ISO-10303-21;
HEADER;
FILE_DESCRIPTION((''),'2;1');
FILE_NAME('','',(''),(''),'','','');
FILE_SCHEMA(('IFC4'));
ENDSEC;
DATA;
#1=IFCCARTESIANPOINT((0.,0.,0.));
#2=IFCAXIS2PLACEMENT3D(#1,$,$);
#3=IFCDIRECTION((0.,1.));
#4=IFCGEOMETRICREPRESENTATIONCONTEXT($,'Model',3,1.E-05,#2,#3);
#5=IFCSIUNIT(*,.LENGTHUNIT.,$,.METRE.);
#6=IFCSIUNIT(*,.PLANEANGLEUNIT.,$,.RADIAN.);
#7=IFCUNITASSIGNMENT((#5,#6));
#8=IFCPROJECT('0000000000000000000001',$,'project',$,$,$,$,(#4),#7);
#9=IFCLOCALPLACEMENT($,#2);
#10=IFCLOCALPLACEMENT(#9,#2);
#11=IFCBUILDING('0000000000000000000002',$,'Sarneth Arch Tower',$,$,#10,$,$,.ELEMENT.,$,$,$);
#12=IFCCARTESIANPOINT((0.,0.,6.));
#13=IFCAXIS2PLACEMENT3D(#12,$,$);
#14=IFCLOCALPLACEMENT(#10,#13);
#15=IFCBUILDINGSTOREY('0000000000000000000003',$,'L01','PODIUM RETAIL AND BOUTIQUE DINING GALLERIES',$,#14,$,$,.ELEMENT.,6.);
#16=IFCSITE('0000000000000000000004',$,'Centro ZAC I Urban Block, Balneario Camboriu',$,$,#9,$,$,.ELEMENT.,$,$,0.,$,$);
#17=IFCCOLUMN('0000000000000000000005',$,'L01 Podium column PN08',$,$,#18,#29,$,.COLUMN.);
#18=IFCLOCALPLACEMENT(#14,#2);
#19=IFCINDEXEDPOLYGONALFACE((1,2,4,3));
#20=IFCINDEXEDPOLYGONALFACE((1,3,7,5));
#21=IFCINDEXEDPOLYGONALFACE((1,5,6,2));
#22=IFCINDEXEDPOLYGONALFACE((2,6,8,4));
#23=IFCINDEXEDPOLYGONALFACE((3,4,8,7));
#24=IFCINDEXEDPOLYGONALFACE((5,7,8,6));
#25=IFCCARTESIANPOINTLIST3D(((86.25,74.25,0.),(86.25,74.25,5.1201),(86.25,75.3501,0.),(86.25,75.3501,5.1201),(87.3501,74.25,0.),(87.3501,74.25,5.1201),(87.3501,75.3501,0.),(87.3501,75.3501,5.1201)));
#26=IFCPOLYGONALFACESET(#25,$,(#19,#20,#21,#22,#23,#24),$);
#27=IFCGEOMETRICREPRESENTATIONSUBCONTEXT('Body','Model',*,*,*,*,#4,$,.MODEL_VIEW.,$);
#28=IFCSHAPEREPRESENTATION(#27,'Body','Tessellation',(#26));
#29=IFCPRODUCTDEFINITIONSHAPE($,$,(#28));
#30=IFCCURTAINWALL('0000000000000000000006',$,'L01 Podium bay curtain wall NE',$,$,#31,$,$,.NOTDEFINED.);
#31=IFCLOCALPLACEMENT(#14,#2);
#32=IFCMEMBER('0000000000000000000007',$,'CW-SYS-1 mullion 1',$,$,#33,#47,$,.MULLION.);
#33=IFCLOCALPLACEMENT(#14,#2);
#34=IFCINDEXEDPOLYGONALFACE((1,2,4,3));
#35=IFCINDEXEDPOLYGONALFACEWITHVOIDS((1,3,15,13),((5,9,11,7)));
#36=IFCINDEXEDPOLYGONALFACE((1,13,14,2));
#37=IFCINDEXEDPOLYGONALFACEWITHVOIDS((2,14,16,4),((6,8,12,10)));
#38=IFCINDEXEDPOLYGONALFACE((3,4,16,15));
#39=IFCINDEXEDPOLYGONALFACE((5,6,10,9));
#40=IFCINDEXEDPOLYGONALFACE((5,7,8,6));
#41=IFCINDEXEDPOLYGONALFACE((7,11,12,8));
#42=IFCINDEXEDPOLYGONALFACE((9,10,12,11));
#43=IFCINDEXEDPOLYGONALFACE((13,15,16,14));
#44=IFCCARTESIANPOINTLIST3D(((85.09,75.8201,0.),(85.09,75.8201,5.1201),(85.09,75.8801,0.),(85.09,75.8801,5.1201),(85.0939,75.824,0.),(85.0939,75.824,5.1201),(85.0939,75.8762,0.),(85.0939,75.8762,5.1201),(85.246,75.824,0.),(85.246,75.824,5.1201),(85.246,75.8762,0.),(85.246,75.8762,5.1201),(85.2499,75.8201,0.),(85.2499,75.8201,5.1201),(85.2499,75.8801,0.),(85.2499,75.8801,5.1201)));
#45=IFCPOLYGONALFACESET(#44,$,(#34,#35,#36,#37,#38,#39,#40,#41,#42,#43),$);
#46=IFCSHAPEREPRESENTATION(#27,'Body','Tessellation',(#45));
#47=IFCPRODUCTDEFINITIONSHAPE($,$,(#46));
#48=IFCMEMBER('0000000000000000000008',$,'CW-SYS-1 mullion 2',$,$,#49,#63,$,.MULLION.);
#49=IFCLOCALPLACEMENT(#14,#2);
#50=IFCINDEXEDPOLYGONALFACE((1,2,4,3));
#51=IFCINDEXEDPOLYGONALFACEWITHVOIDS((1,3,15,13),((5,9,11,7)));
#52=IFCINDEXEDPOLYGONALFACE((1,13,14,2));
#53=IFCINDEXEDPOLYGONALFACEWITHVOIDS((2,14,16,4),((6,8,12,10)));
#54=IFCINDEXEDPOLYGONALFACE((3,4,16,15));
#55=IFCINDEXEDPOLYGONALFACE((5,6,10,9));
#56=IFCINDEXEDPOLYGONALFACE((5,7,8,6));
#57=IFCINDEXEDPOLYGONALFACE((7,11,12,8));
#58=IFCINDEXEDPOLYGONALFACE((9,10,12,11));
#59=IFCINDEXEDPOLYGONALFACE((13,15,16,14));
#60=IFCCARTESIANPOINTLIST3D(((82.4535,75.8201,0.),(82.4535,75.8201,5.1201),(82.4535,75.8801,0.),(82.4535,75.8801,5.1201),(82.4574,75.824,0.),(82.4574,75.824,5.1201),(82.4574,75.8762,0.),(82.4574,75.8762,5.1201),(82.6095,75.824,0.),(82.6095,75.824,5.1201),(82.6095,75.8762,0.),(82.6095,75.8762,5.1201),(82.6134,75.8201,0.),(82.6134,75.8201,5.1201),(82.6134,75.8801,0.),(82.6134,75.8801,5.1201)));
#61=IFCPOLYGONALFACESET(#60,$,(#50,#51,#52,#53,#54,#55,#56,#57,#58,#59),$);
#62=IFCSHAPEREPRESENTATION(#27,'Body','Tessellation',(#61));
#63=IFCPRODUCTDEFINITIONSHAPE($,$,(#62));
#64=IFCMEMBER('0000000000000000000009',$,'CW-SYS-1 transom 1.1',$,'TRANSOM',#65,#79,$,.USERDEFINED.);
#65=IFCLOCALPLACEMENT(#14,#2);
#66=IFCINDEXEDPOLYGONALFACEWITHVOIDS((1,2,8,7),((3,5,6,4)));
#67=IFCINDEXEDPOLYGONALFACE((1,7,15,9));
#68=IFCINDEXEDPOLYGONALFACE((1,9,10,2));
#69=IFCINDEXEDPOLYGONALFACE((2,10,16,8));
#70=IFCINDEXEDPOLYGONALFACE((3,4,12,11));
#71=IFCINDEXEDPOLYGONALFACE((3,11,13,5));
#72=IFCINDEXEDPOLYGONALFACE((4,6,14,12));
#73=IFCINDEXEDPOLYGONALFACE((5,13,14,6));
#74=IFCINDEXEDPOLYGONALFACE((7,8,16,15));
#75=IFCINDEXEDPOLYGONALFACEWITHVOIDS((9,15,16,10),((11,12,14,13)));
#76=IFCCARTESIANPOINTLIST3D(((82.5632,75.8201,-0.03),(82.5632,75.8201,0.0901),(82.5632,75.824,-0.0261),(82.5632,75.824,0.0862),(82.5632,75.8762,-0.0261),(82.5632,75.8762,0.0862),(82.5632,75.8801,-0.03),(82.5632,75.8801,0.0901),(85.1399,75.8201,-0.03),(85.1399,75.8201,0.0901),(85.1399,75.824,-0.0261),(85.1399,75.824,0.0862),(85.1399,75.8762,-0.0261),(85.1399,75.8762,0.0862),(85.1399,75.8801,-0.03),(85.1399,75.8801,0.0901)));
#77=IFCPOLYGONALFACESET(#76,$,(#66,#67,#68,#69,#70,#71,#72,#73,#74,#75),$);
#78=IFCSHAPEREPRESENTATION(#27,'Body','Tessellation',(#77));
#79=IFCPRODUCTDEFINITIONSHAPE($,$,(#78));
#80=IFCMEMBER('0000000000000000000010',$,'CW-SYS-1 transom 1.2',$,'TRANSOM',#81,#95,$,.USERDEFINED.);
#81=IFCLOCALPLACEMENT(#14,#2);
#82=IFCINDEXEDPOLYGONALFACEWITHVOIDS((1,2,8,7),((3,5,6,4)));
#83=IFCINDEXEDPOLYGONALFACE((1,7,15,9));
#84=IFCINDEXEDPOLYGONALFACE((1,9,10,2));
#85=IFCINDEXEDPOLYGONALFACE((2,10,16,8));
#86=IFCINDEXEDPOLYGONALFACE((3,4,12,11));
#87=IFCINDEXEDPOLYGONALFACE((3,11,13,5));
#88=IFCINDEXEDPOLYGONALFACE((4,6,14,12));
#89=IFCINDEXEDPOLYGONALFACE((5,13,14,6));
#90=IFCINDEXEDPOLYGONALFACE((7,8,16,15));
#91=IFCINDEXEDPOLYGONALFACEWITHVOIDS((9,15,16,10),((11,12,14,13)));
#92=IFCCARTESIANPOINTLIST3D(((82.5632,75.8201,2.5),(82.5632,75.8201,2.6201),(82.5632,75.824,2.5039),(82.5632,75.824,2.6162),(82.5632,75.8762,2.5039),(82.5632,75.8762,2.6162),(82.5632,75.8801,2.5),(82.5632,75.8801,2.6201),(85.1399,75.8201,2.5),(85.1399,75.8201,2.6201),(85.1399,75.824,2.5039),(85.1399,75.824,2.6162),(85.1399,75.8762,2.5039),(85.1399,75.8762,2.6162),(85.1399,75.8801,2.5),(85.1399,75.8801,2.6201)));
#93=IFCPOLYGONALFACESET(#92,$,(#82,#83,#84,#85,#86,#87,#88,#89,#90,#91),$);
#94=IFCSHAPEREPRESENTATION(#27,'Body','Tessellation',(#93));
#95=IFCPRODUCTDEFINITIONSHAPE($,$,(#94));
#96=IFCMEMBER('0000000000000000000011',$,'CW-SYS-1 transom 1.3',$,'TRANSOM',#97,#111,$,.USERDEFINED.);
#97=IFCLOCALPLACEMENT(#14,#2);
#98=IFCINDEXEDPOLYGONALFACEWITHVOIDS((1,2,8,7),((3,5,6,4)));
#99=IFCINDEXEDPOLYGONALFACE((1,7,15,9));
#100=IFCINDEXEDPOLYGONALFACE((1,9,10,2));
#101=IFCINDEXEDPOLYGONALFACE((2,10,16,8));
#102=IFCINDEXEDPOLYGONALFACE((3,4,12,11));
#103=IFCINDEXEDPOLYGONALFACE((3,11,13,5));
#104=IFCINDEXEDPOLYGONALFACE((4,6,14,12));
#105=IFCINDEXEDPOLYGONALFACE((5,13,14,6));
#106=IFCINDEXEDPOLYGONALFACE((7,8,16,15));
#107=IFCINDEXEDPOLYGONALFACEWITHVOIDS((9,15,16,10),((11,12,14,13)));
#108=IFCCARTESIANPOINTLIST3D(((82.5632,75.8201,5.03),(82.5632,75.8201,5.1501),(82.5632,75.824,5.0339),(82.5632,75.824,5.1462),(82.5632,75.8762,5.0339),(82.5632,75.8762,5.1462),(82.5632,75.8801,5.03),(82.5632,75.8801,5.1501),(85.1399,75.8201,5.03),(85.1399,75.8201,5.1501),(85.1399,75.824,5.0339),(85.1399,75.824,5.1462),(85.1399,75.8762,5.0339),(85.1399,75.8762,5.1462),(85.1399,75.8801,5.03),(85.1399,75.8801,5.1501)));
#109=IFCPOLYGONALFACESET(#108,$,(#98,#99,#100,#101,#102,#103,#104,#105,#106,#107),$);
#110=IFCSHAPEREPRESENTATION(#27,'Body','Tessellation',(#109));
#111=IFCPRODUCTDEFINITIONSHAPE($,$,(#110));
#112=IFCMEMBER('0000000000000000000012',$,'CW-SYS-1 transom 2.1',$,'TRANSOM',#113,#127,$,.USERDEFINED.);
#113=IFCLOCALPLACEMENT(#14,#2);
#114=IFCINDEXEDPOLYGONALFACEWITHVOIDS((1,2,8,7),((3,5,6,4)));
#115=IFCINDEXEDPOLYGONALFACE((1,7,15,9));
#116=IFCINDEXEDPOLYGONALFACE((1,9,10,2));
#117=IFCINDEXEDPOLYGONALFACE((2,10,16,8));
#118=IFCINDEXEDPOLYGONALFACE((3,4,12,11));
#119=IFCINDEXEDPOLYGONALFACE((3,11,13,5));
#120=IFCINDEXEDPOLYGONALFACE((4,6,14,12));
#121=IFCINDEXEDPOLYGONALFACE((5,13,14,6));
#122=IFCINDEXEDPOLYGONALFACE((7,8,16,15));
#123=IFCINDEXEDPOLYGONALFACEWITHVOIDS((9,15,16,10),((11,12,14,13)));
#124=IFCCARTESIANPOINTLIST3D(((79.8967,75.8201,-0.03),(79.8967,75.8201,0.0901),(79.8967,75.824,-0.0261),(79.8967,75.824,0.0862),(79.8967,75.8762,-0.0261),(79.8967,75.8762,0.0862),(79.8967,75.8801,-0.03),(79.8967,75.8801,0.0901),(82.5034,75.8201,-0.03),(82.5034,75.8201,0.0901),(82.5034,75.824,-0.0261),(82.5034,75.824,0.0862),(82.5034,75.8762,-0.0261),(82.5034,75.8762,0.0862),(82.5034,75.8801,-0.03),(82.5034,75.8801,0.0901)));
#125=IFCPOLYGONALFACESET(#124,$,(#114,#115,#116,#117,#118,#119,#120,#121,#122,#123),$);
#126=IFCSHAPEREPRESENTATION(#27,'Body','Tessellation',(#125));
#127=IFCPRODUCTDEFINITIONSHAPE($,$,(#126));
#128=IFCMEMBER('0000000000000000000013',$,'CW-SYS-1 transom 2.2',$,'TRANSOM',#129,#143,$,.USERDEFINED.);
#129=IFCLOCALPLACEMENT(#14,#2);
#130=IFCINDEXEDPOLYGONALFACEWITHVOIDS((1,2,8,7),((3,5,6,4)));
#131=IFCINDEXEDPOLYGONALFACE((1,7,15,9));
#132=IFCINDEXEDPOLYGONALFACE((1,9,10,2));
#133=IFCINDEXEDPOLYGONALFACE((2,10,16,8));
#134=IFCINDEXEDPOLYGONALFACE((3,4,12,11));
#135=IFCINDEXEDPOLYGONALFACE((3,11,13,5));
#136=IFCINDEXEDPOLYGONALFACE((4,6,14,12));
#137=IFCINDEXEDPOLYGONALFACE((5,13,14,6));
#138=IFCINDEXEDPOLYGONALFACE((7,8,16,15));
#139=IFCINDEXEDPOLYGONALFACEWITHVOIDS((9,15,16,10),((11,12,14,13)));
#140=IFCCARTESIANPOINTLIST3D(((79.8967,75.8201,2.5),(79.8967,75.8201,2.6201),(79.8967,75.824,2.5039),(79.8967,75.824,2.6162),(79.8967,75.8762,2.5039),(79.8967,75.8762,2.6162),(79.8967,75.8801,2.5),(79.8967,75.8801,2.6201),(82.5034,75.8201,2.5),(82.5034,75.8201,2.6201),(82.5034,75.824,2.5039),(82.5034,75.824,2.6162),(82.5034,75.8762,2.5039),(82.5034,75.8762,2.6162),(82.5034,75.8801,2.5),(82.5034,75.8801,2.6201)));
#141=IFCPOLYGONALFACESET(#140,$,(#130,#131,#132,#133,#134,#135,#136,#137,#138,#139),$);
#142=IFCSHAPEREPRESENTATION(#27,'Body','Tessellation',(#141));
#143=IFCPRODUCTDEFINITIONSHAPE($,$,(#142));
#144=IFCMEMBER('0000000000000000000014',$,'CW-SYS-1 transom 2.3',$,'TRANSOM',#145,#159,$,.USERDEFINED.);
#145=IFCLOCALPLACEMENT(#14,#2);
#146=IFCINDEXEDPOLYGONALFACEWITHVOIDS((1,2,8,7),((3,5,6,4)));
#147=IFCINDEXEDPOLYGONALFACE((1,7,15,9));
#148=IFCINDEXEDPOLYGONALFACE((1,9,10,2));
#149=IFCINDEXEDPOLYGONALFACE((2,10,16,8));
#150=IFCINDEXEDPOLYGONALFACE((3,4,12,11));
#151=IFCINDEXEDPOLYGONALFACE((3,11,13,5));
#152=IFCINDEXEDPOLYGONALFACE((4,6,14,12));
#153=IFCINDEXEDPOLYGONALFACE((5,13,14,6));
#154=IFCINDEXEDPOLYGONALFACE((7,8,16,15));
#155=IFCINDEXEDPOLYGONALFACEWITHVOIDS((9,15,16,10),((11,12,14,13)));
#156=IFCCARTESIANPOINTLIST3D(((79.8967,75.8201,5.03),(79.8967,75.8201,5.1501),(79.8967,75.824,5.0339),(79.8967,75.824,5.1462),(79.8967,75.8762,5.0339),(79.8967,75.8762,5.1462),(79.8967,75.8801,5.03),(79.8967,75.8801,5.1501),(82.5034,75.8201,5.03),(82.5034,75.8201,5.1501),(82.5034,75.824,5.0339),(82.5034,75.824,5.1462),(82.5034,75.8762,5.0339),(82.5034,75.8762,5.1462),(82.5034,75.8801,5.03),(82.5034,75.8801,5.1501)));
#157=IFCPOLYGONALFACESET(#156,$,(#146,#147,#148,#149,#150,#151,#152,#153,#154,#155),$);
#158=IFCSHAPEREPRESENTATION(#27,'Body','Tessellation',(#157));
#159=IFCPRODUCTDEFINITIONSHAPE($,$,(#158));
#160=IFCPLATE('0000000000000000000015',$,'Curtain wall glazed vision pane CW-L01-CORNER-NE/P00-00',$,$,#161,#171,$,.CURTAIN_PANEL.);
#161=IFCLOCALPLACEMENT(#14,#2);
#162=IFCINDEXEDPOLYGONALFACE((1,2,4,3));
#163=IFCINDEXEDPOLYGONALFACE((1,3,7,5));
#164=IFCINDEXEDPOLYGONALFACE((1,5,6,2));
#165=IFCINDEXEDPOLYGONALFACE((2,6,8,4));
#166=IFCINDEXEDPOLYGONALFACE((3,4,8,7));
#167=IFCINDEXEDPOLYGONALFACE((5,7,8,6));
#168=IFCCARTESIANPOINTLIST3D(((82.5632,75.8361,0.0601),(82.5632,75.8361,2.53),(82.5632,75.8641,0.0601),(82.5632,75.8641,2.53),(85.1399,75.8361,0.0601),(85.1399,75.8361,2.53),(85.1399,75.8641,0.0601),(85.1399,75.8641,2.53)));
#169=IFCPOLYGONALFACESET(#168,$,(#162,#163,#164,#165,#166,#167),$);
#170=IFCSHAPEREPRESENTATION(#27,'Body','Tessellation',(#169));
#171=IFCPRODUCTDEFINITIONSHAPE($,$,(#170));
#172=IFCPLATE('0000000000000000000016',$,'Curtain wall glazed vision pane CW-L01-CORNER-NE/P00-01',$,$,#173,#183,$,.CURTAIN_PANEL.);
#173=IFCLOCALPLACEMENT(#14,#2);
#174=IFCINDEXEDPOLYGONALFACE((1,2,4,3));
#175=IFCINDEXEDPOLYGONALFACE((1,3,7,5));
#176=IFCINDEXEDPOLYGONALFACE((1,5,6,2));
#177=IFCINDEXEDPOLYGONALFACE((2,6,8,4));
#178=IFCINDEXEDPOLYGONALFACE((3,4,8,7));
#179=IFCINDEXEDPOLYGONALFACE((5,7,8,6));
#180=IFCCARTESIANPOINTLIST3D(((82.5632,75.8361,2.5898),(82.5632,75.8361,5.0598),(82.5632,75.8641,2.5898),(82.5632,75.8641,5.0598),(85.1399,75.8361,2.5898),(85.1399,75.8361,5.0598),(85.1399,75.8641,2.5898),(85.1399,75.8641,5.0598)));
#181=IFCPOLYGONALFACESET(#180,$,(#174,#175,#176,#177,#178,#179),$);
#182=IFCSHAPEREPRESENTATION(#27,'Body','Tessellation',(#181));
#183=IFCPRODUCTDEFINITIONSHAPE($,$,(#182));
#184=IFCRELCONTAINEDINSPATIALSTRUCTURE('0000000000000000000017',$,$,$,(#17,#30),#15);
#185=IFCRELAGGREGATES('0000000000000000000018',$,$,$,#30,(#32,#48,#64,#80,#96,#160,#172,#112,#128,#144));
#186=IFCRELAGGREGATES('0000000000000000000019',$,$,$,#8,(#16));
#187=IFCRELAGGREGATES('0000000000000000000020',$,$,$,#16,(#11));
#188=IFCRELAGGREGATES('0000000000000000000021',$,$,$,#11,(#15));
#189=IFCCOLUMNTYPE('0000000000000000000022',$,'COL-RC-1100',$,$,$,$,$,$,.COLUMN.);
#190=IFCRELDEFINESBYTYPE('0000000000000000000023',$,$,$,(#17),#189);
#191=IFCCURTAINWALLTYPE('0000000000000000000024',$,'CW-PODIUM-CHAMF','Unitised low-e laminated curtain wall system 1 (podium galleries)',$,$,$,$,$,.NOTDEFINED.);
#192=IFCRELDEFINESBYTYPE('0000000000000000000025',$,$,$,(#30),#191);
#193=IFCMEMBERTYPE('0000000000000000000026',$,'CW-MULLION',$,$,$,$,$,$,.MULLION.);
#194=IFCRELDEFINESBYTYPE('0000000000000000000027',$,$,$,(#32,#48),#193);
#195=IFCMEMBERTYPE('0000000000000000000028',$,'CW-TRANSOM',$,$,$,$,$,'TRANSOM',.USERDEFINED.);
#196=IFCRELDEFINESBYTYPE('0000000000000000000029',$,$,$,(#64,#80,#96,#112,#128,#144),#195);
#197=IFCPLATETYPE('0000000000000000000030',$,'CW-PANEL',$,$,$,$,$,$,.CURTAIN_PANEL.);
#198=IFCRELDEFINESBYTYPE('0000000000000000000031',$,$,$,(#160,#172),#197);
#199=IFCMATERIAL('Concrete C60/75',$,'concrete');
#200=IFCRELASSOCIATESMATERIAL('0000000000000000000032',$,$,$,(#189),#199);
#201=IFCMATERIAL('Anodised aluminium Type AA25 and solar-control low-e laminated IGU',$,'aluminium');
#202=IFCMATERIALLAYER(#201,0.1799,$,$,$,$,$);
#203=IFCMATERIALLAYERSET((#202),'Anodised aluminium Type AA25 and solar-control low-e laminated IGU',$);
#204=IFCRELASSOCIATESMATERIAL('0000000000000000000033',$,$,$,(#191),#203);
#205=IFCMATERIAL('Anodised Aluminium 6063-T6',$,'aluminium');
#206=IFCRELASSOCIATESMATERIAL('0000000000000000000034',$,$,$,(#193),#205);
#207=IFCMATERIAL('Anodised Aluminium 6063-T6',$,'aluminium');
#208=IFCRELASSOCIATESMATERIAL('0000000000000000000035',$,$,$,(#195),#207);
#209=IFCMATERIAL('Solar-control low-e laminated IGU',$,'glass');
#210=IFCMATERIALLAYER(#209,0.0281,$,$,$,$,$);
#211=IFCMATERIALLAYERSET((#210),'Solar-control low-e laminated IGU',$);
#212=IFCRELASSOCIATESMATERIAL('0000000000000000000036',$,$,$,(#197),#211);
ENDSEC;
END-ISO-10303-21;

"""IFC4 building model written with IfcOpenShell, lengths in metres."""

from ifc_helpers import new_model, si_unit, direction, frame, origin, origin_2d, place, context, subcontext, project, spatial, rectangle, hollow_rectangle, extrude, material, layer, layer_set, material_profile, profile_set, type_object, element, aggregate, save


model = new_model("IFC4")

# Units and contexts
model_context = context("Model", 3, precision=1e-05, world=origin(), true_north=direction((0.0, 1.0)))
body_context = subcontext(model_context, "Body", "Model", "MODEL_VIEW")
ifc_project = project(units=[si_unit("LENGTHUNIT", "METRE"), si_unit("PLANEANGLEUNIT", "RADIAN")], contexts=[model_context])

# Site, building, storey
site_placement = place(None, origin())
site = spatial("IfcSite", under=ifc_project, at=site_placement, Name="Centro ZAC I Urban Block, Balneario Camboriu", CompositionType="ELEMENT", RefElevation=0.0)
building_placement = place(site_placement, origin())
building = spatial("IfcBuilding", under=site, at=building_placement, Name="Sarneth Arch Tower", CompositionType="ELEMENT")
storey_placement = place(building_placement, frame((0.0, 0.0, 6.0)))
storey = spatial("IfcBuildingStorey", under=building, at=storey_placement, Name="L01", Description="PODIUM RETAIL AND BOUTIQUE DINING GALLERIES", CompositionType="ELEMENT", Elevation=6.0)

# Column
ifc_material_1 = material(Name="Concrete C60/75", Category="concrete")
ifc_material_profile_1 = material_profile(ifc_material_1, rectangle(XDim=1.1001, YDim=1.1001, at=origin_2d()), Name="RC-1100x1100")
ifc_profile_set_1 = profile_set([ifc_material_profile_1], Name="Concrete C60/75")
column_type = type_object("IfcColumnType", Name="COL-RC-1100", PredefinedType="COLUMN", material=ifc_profile_set_1)
column_placement = place(storey_placement, frame((86.8, 74.8, 0.0), z_axis=(0.0, 0.0, 1.0), x_axis=(1.0, 0.0, 0.0)))
element("IfcColumn", 1, at=column_placement, inside=storey, type_object=column_type, Name="L01 Podium column PN08", PredefinedType="COLUMN", context=body_context, shape_type="SweptSolid", body=[
    extrude(rectangle(XDim=1.1001, YDim=1.1001, at=origin_2d()), origin(), (0.0, 0.0, 1.0), 5.1201),
])

# Curtain wall, members, plates
ifc_material_2 = material(Name="Anodised aluminium Type AA25 and solar-control low-e laminated IGU", Category="aluminium")
ifc_layer_1 = layer(ifc_material_2, 0.1799)
ifc_layer_set_1 = layer_set([ifc_layer_1], Name="Anodised aluminium Type AA25 and solar-control low-e laminated IGU")
curtain_wall_type = type_object("IfcCurtainWallType", Name="CW-PODIUM-CHAMF", Description="Unitised low-e laminated curtain wall system 1 (podium galleries)", PredefinedType="NOTDEFINED", material=ifc_layer_set_1)
curtain_wall_placement = place(storey_placement, origin())
curtain_wall = element("IfcCurtainWall", 2, at=curtain_wall_placement, inside=storey, type_object=curtain_wall_type, Name="L01 Podium bay curtain wall NE", PredefinedType="NOTDEFINED")
ifc_material_3 = material(Name="Anodised Aluminium 6063-T6", Category="aluminium")
ifc_material_profile_2 = material_profile(ifc_material_3, hollow_rectangle(XDim=0.0601, YDim=0.1599, WallThickness=0.0039, at=origin_2d()), Name="AL-MULL-160x60x4")
ifc_profile_set_2 = profile_set([ifc_material_profile_2], Name="Anodised Aluminium 6063-T6")
member_type_1 = type_object("IfcMemberType", Name="CW-MULLION", PredefinedType="MULLION", material=ifc_profile_set_2)
member_1_placement = place(storey_placement, frame((85.1699, 75.8501, 0.0), z_axis=(0.0, 0.0, 1.0), x_axis=(0.0, -1.0, 0.0)))
member_1 = element("IfcMember", 3, at=member_1_placement, type_object=member_type_1, Name="CW-SYS-1 mullion 1", PredefinedType="MULLION", context=body_context, shape_type="SweptSolid", body=[
    extrude(hollow_rectangle(XDim=0.0601, YDim=0.1599, WallThickness=0.0039, at=origin_2d()), origin(), (0.0, 0.0, 1.0), 5.1201),
])
member_2_placement = place(storey_placement, frame((82.5334, 75.8501, 0.0), z_axis=(0.0, 0.0, 1.0), x_axis=(0.0, -1.0, 0.0)))
member_2 = element("IfcMember", 4, at=member_2_placement, type_object=member_type_1, Name="CW-SYS-1 mullion 2", PredefinedType="MULLION", context=body_context, shape_type="SweptSolid", body=[
    extrude(hollow_rectangle(XDim=0.0601, YDim=0.1599, WallThickness=0.0039, at=origin_2d()), origin(), (0.0, 0.0, 1.0), 5.1201),
])
ifc_material_4 = material(Name="Anodised Aluminium 6063-T6", Category="aluminium")
ifc_material_profile_3 = material_profile(ifc_material_4, hollow_rectangle(XDim=0.0601, YDim=0.1201, WallThickness=0.0039, at=origin_2d()), Name="AL-TRAN-120x60x4")
ifc_profile_set_3 = profile_set([ifc_material_profile_3], Name="Anodised Aluminium 6063-T6")
member_type_2 = type_object("IfcMemberType", Name="CW-TRANSOM", ElementType="TRANSOM", PredefinedType="USERDEFINED", material=ifc_profile_set_3)
member_3_placement = place(storey_placement, frame((85.1399, 75.8501, 0.03), z_axis=(-1.0, 0.0, 0.0), x_axis=(0.0, -1.0, 0.0)))
member_3 = element("IfcMember", 5, at=member_3_placement, type_object=member_type_2, Name="CW-SYS-1 transom 1.1", ObjectType="TRANSOM", PredefinedType="USERDEFINED", context=body_context, shape_type="SweptSolid", body=[
    extrude(hollow_rectangle(XDim=0.0601, YDim=0.1201, WallThickness=0.0039, at=origin_2d()), origin(), (0.0, 0.0, 1.0), 2.5767),
])
member_4_placement = place(storey_placement, frame((85.1399, 75.8501, 2.5601), z_axis=(-1.0, 0.0, 0.0), x_axis=(0.0, -1.0, 0.0)))
member_4 = element("IfcMember", 6, at=member_4_placement, type_object=member_type_2, Name="CW-SYS-1 transom 1.2", ObjectType="TRANSOM", PredefinedType="USERDEFINED", context=body_context, shape_type="SweptSolid", body=[
    extrude(hollow_rectangle(XDim=0.0601, YDim=0.1201, WallThickness=0.0039, at=origin_2d()), origin(), (0.0, 0.0, 1.0), 2.5767),
])
member_5_placement = place(storey_placement, frame((85.1399, 75.8501, 5.0901), z_axis=(-1.0, 0.0, 0.0), x_axis=(0.0, -1.0, 0.0)))
member_5 = element("IfcMember", 7, at=member_5_placement, type_object=member_type_2, Name="CW-SYS-1 transom 1.3", ObjectType="TRANSOM", PredefinedType="USERDEFINED", context=body_context, shape_type="SweptSolid", body=[
    extrude(hollow_rectangle(XDim=0.0601, YDim=0.1201, WallThickness=0.0039, at=origin_2d()), origin(), (0.0, 0.0, 1.0), 2.5767),
])
member_6_placement = place(storey_placement, frame((82.5034, 75.8501, 0.03), z_axis=(-1.0, 0.0, 0.0), x_axis=(0.0, -1.0, 0.0)))
member_6 = element("IfcMember", 8, at=member_6_placement, type_object=member_type_2, Name="CW-SYS-1 transom 2.1", ObjectType="TRANSOM", PredefinedType="USERDEFINED", context=body_context, shape_type="SweptSolid", body=[
    extrude(hollow_rectangle(XDim=0.0601, YDim=0.1201, WallThickness=0.0039, at=origin_2d()), origin(), (0.0, 0.0, 1.0), 2.6067),
])
member_7_placement = place(storey_placement, frame((82.5034, 75.8501, 2.5601), z_axis=(-1.0, 0.0, 0.0), x_axis=(0.0, -1.0, 0.0)))
member_7 = element("IfcMember", 9, at=member_7_placement, type_object=member_type_2, Name="CW-SYS-1 transom 2.2", ObjectType="TRANSOM", PredefinedType="USERDEFINED", context=body_context, shape_type="SweptSolid", body=[
    extrude(hollow_rectangle(XDim=0.0601, YDim=0.1201, WallThickness=0.0039, at=origin_2d()), origin(), (0.0, 0.0, 1.0), 2.6067),
])
member_8_placement = place(storey_placement, frame((82.5034, 75.8501, 5.0901), z_axis=(-1.0, 0.0, 0.0), x_axis=(0.0, -1.0, 0.0)))
member_8 = element("IfcMember", 10, at=member_8_placement, type_object=member_type_2, Name="CW-SYS-1 transom 2.3", ObjectType="TRANSOM", PredefinedType="USERDEFINED", context=body_context, shape_type="SweptSolid", body=[
    extrude(hollow_rectangle(XDim=0.0601, YDim=0.1201, WallThickness=0.0039, at=origin_2d()), origin(), (0.0, 0.0, 1.0), 2.6067),
])
ifc_material_5 = material(Name="Solar-control low-e laminated IGU", Category="glass")
ifc_layer_2 = layer(ifc_material_5, 0.0281)
ifc_layer_set_2 = layer_set([ifc_layer_2], Name="Solar-control low-e laminated IGU")
plate_type = type_object("IfcPlateType", Name="CW-PANEL", PredefinedType="CURTAIN_PANEL", material=ifc_layer_set_2)
plate_1_placement = place(storey_placement, frame((83.8516, 75.8501, 0.0601), z_axis=(0.0, 0.0, 1.0), x_axis=(-1.0, 0.0, 0.0)))
plate_1 = element("IfcPlate", 11, at=plate_1_placement, type_object=plate_type, Name="Curtain wall glazed vision pane CW-L01-CORNER-NE/P00-00", PredefinedType="CURTAIN_PANEL", context=body_context, shape_type="SweptSolid", body=[
    extrude(rectangle(XDim=2.5767, YDim=0.0281, at=origin_2d()), origin(), (0.0, 0.0, 1.0), 2.47),
])
plate_2_placement = place(storey_placement, frame((83.8516, 75.8501, 2.5898), z_axis=(0.0, 0.0, 1.0), x_axis=(-1.0, 0.0, 0.0)))
plate_2 = element("IfcPlate", 12, at=plate_2_placement, type_object=plate_type, Name="Curtain wall glazed vision pane CW-L01-CORNER-NE/P00-01", PredefinedType="CURTAIN_PANEL", context=body_context, shape_type="SweptSolid", body=[
    extrude(rectangle(XDim=2.5767, YDim=0.0281, at=origin_2d()), origin(), (0.0, 0.0, 1.0), 2.47),
])
aggregate(curtain_wall, [member_1, member_2, member_3, member_4, member_5, plate_1, plate_2, member_6, member_7, member_8])

save(model, "model.ifc")
